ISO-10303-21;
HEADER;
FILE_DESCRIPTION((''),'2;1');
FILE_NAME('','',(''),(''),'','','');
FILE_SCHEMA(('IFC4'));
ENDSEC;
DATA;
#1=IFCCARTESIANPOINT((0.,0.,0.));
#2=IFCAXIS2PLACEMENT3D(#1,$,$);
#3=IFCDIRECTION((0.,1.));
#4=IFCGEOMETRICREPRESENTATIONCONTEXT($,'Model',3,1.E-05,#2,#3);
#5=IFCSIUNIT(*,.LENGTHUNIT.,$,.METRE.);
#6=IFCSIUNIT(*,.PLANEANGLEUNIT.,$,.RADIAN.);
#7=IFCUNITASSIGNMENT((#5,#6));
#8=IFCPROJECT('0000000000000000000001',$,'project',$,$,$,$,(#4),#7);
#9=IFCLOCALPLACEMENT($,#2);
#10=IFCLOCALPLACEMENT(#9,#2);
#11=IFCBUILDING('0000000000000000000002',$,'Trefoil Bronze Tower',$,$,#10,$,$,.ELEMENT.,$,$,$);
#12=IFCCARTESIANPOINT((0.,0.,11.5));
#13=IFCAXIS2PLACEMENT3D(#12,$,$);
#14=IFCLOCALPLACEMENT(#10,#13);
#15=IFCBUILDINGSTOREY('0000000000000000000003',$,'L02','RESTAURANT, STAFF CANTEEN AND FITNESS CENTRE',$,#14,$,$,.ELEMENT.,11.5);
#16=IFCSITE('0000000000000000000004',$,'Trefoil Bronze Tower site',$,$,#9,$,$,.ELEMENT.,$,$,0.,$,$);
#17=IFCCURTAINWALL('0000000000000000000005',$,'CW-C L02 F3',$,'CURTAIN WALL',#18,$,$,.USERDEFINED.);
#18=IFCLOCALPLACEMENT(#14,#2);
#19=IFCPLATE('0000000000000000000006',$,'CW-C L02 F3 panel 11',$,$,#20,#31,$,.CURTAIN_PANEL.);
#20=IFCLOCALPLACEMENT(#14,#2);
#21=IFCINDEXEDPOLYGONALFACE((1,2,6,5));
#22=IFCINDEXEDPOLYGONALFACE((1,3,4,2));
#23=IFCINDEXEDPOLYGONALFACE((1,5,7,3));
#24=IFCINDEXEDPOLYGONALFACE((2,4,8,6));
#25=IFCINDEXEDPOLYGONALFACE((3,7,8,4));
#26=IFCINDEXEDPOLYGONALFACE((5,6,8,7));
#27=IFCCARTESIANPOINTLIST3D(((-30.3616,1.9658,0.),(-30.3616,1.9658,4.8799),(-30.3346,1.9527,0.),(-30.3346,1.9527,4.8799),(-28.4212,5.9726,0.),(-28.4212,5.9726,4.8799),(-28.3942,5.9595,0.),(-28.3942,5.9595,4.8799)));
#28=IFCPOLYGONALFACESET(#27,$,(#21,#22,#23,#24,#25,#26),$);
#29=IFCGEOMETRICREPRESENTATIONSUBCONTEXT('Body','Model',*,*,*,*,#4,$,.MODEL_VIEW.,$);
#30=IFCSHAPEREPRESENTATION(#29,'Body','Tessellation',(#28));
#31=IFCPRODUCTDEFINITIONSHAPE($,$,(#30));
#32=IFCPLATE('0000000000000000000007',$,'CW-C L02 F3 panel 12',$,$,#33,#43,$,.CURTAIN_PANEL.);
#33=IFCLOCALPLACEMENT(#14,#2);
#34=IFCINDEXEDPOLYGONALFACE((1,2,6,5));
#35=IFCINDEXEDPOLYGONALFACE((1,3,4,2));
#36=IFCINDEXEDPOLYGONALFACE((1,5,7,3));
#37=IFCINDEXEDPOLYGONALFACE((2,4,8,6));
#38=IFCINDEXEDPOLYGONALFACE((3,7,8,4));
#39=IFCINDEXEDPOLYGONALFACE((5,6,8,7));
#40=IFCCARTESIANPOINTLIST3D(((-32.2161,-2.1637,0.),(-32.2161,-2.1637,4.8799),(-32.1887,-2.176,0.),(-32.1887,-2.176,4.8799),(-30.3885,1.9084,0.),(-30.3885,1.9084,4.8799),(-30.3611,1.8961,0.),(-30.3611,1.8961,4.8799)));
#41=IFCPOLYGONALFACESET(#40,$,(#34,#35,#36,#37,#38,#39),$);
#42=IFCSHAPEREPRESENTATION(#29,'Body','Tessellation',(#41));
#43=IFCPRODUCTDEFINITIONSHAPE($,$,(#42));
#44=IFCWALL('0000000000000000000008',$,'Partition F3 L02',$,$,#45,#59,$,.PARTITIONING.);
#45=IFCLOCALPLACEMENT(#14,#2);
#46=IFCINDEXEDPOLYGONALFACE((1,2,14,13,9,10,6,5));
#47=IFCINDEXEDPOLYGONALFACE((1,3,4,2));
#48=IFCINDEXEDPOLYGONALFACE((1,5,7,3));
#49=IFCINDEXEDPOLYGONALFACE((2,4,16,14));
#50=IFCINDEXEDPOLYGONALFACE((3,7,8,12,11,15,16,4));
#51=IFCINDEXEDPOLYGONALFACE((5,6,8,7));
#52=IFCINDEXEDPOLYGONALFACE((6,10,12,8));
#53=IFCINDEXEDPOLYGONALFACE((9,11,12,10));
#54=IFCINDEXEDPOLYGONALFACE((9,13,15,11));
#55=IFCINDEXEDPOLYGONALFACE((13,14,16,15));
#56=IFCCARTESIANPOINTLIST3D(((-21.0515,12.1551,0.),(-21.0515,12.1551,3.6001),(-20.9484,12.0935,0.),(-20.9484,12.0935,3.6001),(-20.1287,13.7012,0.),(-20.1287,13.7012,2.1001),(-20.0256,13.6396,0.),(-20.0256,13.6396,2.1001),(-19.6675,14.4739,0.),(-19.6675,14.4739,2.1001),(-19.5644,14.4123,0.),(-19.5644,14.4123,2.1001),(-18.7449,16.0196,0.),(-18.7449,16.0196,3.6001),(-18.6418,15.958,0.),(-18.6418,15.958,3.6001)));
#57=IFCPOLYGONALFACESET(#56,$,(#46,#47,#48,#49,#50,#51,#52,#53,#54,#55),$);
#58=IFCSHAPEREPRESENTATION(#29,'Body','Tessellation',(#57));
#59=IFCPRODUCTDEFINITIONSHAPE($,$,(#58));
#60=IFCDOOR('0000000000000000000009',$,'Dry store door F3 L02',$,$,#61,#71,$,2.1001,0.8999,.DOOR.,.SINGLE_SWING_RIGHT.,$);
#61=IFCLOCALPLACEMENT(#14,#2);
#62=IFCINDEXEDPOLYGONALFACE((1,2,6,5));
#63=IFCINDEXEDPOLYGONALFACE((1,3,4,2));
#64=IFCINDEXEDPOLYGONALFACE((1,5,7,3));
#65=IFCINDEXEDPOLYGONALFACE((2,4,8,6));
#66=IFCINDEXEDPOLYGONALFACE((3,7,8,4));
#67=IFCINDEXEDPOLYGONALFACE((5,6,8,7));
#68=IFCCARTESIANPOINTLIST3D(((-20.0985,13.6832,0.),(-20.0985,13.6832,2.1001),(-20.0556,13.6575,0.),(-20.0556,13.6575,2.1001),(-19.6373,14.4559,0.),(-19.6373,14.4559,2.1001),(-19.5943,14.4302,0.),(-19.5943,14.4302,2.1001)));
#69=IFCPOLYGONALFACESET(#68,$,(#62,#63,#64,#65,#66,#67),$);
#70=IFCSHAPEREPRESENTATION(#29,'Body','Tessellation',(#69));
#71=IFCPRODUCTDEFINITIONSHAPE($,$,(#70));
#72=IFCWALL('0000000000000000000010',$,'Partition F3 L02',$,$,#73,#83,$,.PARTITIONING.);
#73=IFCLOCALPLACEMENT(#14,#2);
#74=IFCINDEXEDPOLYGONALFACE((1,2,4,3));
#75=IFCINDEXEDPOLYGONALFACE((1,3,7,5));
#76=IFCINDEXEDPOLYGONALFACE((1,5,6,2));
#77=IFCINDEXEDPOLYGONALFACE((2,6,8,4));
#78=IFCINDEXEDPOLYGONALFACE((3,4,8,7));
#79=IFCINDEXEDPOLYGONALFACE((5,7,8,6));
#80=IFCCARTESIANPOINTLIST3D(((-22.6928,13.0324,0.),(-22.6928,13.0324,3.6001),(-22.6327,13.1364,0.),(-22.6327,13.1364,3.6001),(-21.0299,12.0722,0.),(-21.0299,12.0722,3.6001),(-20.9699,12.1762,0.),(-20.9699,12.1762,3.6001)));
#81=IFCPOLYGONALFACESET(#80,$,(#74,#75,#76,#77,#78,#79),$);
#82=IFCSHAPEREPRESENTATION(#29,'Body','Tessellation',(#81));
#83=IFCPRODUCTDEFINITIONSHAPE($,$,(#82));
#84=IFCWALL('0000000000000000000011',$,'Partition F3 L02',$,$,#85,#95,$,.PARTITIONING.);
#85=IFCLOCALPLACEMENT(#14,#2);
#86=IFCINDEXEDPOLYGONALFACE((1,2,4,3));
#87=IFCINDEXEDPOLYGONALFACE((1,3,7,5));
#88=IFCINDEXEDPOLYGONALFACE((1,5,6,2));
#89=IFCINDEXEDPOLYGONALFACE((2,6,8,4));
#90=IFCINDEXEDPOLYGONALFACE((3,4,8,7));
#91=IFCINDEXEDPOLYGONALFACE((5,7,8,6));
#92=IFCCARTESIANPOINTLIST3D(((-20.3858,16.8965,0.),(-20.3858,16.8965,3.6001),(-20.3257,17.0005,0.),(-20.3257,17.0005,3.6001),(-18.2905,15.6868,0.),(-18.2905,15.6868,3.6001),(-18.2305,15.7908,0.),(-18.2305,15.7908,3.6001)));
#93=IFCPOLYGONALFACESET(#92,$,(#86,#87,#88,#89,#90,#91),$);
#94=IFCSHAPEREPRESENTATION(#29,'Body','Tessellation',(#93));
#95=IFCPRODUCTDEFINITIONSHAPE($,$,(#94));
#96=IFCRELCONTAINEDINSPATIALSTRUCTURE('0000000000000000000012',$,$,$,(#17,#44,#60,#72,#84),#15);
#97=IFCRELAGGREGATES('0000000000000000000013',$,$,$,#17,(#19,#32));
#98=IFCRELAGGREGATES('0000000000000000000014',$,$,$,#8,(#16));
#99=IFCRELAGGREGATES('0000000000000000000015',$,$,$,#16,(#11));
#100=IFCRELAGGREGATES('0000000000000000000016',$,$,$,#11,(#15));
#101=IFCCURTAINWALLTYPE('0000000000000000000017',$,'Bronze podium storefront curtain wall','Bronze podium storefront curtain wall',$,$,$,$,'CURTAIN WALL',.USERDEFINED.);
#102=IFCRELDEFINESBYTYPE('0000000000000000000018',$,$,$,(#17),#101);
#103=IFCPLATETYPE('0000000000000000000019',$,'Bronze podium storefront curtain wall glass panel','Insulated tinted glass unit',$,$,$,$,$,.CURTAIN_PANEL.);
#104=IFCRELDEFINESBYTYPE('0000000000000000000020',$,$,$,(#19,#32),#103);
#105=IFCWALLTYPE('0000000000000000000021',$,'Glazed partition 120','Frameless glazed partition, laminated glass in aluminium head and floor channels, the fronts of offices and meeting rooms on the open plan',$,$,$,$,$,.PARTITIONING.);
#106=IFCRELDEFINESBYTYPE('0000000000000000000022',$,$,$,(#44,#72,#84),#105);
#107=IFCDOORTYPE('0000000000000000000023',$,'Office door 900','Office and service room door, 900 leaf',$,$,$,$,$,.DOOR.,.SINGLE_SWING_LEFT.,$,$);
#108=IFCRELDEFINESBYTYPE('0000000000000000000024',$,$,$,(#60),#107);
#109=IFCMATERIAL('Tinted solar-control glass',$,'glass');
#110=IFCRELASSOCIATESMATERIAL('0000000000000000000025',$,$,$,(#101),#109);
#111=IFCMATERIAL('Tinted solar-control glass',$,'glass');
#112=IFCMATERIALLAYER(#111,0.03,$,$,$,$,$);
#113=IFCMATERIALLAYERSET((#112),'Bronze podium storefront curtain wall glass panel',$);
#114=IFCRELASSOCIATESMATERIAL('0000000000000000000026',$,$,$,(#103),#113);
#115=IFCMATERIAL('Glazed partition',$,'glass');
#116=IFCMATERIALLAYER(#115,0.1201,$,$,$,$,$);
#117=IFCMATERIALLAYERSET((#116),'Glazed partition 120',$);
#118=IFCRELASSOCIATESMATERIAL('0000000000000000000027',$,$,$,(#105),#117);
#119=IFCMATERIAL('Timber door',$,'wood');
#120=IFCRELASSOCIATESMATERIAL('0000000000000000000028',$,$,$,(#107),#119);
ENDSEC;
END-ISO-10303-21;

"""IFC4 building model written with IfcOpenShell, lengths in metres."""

from ifc_helpers import new_model, si_unit, direction, frame, frame_2d, origin, origin_2d, place, context, subcontext, project, spatial, rectangle, extrude, material, layer, layer_set, type_object, element, fill, aggregate, save


model = new_model("IFC4")

# Units and contexts
model_context = context("Model", 3, precision=1e-05, world=origin(), true_north=direction((0.0, 1.0)))
body_context = subcontext(model_context, "Body", "Model", "MODEL_VIEW")
ifc_project = project(units=[si_unit("LENGTHUNIT", "METRE"), si_unit("PLANEANGLEUNIT", "RADIAN")], contexts=[model_context])

# Site, building, storey
site_placement = place(None, origin())
site = spatial("IfcSite", under=ifc_project, at=site_placement, Name="Trefoil Bronze Tower site", CompositionType="ELEMENT", RefElevation=0.0)
building_placement = place(site_placement, origin())
building = spatial("IfcBuilding", under=site, at=building_placement, Name="Trefoil Bronze Tower", CompositionType="ELEMENT")
storey_placement = place(building_placement, frame((0.0, 0.0, 11.5)))
storey = spatial("IfcBuildingStorey", under=building, at=storey_placement, Name="L02", Description="RESTAURANT, STAFF CANTEEN AND FITNESS CENTRE", CompositionType="ELEMENT", Elevation=11.5)

# Curtain wall
ifc_material_1 = material(Name="Tinted solar-control glass", Category="glass")
curtain_wall_type = type_object("IfcCurtainWallType", Name="Bronze podium storefront curtain wall", Description="Bronze podium storefront curtain wall", ElementType="CURTAIN WALL", PredefinedType="USERDEFINED", material=ifc_material_1)
curtain_wall_placement = place(storey_placement, origin())
curtain_wall = element("IfcCurtainWall", 1, at=curtain_wall_placement, inside=storey, type_object=curtain_wall_type, Name="CW-C L02 F3", ObjectType="CURTAIN WALL", PredefinedType="USERDEFINED")

# Plates
ifc_material_2 = material(Name="Tinted solar-control glass", Category="glass")
ifc_layer_1 = layer(ifc_material_2, 0.03)
ifc_layer_set_1 = layer_set([ifc_layer_1], Name="Bronze podium storefront curtain wall glass panel")
plate_type = type_object("IfcPlateType", Name="Bronze podium storefront curtain wall glass panel", Description="Insulated tinted glass unit", PredefinedType="CURTAIN_PANEL", material=ifc_layer_set_1)
plate_1_placement = place(storey_placement, frame((-29.3779, 3.9626, 0.0), z_axis=(0.0, 0.0, 1.0), x_axis=(-0.435855, -0.900017, 0.0)))
plate_1 = element("IfcPlate", 2, at=plate_1_placement, type_object=plate_type, Name="CW-C L02 F3 panel 11", PredefinedType="CURTAIN_PANEL", context=body_context, shape_type="SweptSolid", body=[
    extrude(rectangle(XDim=4.4519, YDim=0.03, at=origin_2d()), origin(), (0.0, 0.0, 1.0), 4.8799),
])
plate_2_placement = place(storey_placement, frame((-31.2886, -0.1338, 0.0), z_axis=(0.0, 0.0, 1.0), x_axis=(-0.409456, -0.91233, 0.0)))
plate_2 = element("IfcPlate", 3, at=plate_2_placement, type_object=plate_type, Name="CW-C L02 F3 panel 12", PredefinedType="CURTAIN_PANEL", context=body_context, shape_type="SweptSolid", body=[
    extrude(rectangle(XDim=4.4634, YDim=0.03, at=origin_2d()), origin(), (0.0, 0.0, 1.0), 4.8799),
])
aggregate(curtain_wall, [plate_1, plate_2])

# Wall, opening, door
ifc_material_3 = material(Name="Glazed partition", Category="glass")
ifc_layer_2 = layer(ifc_material_3, 0.1201)
ifc_layer_set_2 = layer_set([ifc_layer_2], Name="Glazed partition 120")
wall_type = type_object("IfcWallType", Name="Glazed partition 120", Description="Frameless glazed partition, laminated glass in aluminium head and floor channels, the fronts of offices and meeting rooms on the open plan", PredefinedType="PARTITIONING", material=ifc_layer_set_2)
wall_1_placement = place(storey_placement, frame((-18.6934, 15.9888, 0.0), z_axis=(0.0, 0.0, 1.0), x_axis=(-0.512524, -0.858673, 0.0)))
wall_1 = element("IfcWall", 4, at=wall_1_placement, inside=storey, type_object=wall_type, Name="Partition F3 L02", PredefinedType="PARTITIONING", context=body_context, shape_type="SweptSolid", body=[
    extrude(rectangle(XDim=4.5005, YDim=0.1201, at=frame_2d((2.2502, 0.0))), origin(), (0.0, 0.0, 1.0), 3.6001),
])
opening_placement = place(wall_1_placement, frame((1.8, 0.0, 0.0)))
opening = element("IfcOpeningElement", 5, at=opening_placement, cuts=wall_1, PredefinedType="OPENING", context=body_context, shape_type="SweptSolid", body=[
    extrude(rectangle(XDim=0.8999, YDim=2.1001, at=frame_2d((0.45, 1.05))), frame((0.0, 0.0701, 0.0), z_axis=(0.0, -1.0, 0.0), x_axis=(1.0, 0.0, 0.0)), (0.0, 0.0, 1.0), 0.1401),
])
ifc_material_4 = material(Name="Timber door", Category="wood")
door_type = type_object("IfcDoorType", Name="Office door 900", Description="Office and service room door, 900 leaf", OperationType="SINGLE_SWING_LEFT", PredefinedType="DOOR", material=ifc_material_4)
door_placement = place(opening_placement, frame((0.8999, 0.0, 0.0), z_axis=(0.0, 0.0, 1.0), x_axis=(-1.0, 0.0, 0.0)))
door = element("IfcDoor", 6, at=door_placement, inside=storey, type_object=door_type, Name="Dry store door F3 L02", OperationType="SINGLE_SWING_RIGHT", OverallHeight=2.1001, OverallWidth=0.8999, PredefinedType="DOOR", context=body_context, shape_type="SweptSolid", body=[
    extrude(rectangle(XDim=0.8999, YDim=2.1001, at=frame_2d((0.45, 1.05))), frame((0.0, 0.0249, 0.0), z_axis=(0.0, -1.0, 0.0), x_axis=(1.0, 0.0, 0.0)), (0.0, 0.0, 1.0), 0.05),
])
fill(opening, door)

# Walls
wall_2_placement = place(storey_placement, frame((-21.0, 12.1243, 0.0), z_axis=(0.0, 0.0, 1.0), x_axis=(-0.865989, 0.500064, 0.0)))
element("IfcWall", 7, at=wall_2_placement, inside=storey, type_object=wall_type, Name="Partition F3 L02", PredefinedType="PARTITIONING", context=body_context, shape_type="SweptSolid", body=[
    extrude(rectangle(XDim=1.9202, YDim=0.1201, at=frame_2d((0.96, 0.0))), origin(), (0.0, 0.0, 1.0), 3.6001),
])
wall_3_placement = place(storey_placement, frame((-18.2605, 15.7388, 0.0), z_axis=(0.0, 0.0, 1.0), x_axis=(-0.866018, 0.500014, 0.0)))
element("IfcWall", 8, at=wall_3_placement, inside=storey, type_object=wall_type, Name="Partition F3 L02", PredefinedType="PARTITIONING", context=body_context, shape_type="SweptSolid", body=[
    extrude(rectangle(XDim=2.4194, YDim=0.1201, at=frame_2d((1.2097, 0.0))), origin(), (0.0, 0.0, 1.0), 3.6001),
])

save(model, "model.ifc")
